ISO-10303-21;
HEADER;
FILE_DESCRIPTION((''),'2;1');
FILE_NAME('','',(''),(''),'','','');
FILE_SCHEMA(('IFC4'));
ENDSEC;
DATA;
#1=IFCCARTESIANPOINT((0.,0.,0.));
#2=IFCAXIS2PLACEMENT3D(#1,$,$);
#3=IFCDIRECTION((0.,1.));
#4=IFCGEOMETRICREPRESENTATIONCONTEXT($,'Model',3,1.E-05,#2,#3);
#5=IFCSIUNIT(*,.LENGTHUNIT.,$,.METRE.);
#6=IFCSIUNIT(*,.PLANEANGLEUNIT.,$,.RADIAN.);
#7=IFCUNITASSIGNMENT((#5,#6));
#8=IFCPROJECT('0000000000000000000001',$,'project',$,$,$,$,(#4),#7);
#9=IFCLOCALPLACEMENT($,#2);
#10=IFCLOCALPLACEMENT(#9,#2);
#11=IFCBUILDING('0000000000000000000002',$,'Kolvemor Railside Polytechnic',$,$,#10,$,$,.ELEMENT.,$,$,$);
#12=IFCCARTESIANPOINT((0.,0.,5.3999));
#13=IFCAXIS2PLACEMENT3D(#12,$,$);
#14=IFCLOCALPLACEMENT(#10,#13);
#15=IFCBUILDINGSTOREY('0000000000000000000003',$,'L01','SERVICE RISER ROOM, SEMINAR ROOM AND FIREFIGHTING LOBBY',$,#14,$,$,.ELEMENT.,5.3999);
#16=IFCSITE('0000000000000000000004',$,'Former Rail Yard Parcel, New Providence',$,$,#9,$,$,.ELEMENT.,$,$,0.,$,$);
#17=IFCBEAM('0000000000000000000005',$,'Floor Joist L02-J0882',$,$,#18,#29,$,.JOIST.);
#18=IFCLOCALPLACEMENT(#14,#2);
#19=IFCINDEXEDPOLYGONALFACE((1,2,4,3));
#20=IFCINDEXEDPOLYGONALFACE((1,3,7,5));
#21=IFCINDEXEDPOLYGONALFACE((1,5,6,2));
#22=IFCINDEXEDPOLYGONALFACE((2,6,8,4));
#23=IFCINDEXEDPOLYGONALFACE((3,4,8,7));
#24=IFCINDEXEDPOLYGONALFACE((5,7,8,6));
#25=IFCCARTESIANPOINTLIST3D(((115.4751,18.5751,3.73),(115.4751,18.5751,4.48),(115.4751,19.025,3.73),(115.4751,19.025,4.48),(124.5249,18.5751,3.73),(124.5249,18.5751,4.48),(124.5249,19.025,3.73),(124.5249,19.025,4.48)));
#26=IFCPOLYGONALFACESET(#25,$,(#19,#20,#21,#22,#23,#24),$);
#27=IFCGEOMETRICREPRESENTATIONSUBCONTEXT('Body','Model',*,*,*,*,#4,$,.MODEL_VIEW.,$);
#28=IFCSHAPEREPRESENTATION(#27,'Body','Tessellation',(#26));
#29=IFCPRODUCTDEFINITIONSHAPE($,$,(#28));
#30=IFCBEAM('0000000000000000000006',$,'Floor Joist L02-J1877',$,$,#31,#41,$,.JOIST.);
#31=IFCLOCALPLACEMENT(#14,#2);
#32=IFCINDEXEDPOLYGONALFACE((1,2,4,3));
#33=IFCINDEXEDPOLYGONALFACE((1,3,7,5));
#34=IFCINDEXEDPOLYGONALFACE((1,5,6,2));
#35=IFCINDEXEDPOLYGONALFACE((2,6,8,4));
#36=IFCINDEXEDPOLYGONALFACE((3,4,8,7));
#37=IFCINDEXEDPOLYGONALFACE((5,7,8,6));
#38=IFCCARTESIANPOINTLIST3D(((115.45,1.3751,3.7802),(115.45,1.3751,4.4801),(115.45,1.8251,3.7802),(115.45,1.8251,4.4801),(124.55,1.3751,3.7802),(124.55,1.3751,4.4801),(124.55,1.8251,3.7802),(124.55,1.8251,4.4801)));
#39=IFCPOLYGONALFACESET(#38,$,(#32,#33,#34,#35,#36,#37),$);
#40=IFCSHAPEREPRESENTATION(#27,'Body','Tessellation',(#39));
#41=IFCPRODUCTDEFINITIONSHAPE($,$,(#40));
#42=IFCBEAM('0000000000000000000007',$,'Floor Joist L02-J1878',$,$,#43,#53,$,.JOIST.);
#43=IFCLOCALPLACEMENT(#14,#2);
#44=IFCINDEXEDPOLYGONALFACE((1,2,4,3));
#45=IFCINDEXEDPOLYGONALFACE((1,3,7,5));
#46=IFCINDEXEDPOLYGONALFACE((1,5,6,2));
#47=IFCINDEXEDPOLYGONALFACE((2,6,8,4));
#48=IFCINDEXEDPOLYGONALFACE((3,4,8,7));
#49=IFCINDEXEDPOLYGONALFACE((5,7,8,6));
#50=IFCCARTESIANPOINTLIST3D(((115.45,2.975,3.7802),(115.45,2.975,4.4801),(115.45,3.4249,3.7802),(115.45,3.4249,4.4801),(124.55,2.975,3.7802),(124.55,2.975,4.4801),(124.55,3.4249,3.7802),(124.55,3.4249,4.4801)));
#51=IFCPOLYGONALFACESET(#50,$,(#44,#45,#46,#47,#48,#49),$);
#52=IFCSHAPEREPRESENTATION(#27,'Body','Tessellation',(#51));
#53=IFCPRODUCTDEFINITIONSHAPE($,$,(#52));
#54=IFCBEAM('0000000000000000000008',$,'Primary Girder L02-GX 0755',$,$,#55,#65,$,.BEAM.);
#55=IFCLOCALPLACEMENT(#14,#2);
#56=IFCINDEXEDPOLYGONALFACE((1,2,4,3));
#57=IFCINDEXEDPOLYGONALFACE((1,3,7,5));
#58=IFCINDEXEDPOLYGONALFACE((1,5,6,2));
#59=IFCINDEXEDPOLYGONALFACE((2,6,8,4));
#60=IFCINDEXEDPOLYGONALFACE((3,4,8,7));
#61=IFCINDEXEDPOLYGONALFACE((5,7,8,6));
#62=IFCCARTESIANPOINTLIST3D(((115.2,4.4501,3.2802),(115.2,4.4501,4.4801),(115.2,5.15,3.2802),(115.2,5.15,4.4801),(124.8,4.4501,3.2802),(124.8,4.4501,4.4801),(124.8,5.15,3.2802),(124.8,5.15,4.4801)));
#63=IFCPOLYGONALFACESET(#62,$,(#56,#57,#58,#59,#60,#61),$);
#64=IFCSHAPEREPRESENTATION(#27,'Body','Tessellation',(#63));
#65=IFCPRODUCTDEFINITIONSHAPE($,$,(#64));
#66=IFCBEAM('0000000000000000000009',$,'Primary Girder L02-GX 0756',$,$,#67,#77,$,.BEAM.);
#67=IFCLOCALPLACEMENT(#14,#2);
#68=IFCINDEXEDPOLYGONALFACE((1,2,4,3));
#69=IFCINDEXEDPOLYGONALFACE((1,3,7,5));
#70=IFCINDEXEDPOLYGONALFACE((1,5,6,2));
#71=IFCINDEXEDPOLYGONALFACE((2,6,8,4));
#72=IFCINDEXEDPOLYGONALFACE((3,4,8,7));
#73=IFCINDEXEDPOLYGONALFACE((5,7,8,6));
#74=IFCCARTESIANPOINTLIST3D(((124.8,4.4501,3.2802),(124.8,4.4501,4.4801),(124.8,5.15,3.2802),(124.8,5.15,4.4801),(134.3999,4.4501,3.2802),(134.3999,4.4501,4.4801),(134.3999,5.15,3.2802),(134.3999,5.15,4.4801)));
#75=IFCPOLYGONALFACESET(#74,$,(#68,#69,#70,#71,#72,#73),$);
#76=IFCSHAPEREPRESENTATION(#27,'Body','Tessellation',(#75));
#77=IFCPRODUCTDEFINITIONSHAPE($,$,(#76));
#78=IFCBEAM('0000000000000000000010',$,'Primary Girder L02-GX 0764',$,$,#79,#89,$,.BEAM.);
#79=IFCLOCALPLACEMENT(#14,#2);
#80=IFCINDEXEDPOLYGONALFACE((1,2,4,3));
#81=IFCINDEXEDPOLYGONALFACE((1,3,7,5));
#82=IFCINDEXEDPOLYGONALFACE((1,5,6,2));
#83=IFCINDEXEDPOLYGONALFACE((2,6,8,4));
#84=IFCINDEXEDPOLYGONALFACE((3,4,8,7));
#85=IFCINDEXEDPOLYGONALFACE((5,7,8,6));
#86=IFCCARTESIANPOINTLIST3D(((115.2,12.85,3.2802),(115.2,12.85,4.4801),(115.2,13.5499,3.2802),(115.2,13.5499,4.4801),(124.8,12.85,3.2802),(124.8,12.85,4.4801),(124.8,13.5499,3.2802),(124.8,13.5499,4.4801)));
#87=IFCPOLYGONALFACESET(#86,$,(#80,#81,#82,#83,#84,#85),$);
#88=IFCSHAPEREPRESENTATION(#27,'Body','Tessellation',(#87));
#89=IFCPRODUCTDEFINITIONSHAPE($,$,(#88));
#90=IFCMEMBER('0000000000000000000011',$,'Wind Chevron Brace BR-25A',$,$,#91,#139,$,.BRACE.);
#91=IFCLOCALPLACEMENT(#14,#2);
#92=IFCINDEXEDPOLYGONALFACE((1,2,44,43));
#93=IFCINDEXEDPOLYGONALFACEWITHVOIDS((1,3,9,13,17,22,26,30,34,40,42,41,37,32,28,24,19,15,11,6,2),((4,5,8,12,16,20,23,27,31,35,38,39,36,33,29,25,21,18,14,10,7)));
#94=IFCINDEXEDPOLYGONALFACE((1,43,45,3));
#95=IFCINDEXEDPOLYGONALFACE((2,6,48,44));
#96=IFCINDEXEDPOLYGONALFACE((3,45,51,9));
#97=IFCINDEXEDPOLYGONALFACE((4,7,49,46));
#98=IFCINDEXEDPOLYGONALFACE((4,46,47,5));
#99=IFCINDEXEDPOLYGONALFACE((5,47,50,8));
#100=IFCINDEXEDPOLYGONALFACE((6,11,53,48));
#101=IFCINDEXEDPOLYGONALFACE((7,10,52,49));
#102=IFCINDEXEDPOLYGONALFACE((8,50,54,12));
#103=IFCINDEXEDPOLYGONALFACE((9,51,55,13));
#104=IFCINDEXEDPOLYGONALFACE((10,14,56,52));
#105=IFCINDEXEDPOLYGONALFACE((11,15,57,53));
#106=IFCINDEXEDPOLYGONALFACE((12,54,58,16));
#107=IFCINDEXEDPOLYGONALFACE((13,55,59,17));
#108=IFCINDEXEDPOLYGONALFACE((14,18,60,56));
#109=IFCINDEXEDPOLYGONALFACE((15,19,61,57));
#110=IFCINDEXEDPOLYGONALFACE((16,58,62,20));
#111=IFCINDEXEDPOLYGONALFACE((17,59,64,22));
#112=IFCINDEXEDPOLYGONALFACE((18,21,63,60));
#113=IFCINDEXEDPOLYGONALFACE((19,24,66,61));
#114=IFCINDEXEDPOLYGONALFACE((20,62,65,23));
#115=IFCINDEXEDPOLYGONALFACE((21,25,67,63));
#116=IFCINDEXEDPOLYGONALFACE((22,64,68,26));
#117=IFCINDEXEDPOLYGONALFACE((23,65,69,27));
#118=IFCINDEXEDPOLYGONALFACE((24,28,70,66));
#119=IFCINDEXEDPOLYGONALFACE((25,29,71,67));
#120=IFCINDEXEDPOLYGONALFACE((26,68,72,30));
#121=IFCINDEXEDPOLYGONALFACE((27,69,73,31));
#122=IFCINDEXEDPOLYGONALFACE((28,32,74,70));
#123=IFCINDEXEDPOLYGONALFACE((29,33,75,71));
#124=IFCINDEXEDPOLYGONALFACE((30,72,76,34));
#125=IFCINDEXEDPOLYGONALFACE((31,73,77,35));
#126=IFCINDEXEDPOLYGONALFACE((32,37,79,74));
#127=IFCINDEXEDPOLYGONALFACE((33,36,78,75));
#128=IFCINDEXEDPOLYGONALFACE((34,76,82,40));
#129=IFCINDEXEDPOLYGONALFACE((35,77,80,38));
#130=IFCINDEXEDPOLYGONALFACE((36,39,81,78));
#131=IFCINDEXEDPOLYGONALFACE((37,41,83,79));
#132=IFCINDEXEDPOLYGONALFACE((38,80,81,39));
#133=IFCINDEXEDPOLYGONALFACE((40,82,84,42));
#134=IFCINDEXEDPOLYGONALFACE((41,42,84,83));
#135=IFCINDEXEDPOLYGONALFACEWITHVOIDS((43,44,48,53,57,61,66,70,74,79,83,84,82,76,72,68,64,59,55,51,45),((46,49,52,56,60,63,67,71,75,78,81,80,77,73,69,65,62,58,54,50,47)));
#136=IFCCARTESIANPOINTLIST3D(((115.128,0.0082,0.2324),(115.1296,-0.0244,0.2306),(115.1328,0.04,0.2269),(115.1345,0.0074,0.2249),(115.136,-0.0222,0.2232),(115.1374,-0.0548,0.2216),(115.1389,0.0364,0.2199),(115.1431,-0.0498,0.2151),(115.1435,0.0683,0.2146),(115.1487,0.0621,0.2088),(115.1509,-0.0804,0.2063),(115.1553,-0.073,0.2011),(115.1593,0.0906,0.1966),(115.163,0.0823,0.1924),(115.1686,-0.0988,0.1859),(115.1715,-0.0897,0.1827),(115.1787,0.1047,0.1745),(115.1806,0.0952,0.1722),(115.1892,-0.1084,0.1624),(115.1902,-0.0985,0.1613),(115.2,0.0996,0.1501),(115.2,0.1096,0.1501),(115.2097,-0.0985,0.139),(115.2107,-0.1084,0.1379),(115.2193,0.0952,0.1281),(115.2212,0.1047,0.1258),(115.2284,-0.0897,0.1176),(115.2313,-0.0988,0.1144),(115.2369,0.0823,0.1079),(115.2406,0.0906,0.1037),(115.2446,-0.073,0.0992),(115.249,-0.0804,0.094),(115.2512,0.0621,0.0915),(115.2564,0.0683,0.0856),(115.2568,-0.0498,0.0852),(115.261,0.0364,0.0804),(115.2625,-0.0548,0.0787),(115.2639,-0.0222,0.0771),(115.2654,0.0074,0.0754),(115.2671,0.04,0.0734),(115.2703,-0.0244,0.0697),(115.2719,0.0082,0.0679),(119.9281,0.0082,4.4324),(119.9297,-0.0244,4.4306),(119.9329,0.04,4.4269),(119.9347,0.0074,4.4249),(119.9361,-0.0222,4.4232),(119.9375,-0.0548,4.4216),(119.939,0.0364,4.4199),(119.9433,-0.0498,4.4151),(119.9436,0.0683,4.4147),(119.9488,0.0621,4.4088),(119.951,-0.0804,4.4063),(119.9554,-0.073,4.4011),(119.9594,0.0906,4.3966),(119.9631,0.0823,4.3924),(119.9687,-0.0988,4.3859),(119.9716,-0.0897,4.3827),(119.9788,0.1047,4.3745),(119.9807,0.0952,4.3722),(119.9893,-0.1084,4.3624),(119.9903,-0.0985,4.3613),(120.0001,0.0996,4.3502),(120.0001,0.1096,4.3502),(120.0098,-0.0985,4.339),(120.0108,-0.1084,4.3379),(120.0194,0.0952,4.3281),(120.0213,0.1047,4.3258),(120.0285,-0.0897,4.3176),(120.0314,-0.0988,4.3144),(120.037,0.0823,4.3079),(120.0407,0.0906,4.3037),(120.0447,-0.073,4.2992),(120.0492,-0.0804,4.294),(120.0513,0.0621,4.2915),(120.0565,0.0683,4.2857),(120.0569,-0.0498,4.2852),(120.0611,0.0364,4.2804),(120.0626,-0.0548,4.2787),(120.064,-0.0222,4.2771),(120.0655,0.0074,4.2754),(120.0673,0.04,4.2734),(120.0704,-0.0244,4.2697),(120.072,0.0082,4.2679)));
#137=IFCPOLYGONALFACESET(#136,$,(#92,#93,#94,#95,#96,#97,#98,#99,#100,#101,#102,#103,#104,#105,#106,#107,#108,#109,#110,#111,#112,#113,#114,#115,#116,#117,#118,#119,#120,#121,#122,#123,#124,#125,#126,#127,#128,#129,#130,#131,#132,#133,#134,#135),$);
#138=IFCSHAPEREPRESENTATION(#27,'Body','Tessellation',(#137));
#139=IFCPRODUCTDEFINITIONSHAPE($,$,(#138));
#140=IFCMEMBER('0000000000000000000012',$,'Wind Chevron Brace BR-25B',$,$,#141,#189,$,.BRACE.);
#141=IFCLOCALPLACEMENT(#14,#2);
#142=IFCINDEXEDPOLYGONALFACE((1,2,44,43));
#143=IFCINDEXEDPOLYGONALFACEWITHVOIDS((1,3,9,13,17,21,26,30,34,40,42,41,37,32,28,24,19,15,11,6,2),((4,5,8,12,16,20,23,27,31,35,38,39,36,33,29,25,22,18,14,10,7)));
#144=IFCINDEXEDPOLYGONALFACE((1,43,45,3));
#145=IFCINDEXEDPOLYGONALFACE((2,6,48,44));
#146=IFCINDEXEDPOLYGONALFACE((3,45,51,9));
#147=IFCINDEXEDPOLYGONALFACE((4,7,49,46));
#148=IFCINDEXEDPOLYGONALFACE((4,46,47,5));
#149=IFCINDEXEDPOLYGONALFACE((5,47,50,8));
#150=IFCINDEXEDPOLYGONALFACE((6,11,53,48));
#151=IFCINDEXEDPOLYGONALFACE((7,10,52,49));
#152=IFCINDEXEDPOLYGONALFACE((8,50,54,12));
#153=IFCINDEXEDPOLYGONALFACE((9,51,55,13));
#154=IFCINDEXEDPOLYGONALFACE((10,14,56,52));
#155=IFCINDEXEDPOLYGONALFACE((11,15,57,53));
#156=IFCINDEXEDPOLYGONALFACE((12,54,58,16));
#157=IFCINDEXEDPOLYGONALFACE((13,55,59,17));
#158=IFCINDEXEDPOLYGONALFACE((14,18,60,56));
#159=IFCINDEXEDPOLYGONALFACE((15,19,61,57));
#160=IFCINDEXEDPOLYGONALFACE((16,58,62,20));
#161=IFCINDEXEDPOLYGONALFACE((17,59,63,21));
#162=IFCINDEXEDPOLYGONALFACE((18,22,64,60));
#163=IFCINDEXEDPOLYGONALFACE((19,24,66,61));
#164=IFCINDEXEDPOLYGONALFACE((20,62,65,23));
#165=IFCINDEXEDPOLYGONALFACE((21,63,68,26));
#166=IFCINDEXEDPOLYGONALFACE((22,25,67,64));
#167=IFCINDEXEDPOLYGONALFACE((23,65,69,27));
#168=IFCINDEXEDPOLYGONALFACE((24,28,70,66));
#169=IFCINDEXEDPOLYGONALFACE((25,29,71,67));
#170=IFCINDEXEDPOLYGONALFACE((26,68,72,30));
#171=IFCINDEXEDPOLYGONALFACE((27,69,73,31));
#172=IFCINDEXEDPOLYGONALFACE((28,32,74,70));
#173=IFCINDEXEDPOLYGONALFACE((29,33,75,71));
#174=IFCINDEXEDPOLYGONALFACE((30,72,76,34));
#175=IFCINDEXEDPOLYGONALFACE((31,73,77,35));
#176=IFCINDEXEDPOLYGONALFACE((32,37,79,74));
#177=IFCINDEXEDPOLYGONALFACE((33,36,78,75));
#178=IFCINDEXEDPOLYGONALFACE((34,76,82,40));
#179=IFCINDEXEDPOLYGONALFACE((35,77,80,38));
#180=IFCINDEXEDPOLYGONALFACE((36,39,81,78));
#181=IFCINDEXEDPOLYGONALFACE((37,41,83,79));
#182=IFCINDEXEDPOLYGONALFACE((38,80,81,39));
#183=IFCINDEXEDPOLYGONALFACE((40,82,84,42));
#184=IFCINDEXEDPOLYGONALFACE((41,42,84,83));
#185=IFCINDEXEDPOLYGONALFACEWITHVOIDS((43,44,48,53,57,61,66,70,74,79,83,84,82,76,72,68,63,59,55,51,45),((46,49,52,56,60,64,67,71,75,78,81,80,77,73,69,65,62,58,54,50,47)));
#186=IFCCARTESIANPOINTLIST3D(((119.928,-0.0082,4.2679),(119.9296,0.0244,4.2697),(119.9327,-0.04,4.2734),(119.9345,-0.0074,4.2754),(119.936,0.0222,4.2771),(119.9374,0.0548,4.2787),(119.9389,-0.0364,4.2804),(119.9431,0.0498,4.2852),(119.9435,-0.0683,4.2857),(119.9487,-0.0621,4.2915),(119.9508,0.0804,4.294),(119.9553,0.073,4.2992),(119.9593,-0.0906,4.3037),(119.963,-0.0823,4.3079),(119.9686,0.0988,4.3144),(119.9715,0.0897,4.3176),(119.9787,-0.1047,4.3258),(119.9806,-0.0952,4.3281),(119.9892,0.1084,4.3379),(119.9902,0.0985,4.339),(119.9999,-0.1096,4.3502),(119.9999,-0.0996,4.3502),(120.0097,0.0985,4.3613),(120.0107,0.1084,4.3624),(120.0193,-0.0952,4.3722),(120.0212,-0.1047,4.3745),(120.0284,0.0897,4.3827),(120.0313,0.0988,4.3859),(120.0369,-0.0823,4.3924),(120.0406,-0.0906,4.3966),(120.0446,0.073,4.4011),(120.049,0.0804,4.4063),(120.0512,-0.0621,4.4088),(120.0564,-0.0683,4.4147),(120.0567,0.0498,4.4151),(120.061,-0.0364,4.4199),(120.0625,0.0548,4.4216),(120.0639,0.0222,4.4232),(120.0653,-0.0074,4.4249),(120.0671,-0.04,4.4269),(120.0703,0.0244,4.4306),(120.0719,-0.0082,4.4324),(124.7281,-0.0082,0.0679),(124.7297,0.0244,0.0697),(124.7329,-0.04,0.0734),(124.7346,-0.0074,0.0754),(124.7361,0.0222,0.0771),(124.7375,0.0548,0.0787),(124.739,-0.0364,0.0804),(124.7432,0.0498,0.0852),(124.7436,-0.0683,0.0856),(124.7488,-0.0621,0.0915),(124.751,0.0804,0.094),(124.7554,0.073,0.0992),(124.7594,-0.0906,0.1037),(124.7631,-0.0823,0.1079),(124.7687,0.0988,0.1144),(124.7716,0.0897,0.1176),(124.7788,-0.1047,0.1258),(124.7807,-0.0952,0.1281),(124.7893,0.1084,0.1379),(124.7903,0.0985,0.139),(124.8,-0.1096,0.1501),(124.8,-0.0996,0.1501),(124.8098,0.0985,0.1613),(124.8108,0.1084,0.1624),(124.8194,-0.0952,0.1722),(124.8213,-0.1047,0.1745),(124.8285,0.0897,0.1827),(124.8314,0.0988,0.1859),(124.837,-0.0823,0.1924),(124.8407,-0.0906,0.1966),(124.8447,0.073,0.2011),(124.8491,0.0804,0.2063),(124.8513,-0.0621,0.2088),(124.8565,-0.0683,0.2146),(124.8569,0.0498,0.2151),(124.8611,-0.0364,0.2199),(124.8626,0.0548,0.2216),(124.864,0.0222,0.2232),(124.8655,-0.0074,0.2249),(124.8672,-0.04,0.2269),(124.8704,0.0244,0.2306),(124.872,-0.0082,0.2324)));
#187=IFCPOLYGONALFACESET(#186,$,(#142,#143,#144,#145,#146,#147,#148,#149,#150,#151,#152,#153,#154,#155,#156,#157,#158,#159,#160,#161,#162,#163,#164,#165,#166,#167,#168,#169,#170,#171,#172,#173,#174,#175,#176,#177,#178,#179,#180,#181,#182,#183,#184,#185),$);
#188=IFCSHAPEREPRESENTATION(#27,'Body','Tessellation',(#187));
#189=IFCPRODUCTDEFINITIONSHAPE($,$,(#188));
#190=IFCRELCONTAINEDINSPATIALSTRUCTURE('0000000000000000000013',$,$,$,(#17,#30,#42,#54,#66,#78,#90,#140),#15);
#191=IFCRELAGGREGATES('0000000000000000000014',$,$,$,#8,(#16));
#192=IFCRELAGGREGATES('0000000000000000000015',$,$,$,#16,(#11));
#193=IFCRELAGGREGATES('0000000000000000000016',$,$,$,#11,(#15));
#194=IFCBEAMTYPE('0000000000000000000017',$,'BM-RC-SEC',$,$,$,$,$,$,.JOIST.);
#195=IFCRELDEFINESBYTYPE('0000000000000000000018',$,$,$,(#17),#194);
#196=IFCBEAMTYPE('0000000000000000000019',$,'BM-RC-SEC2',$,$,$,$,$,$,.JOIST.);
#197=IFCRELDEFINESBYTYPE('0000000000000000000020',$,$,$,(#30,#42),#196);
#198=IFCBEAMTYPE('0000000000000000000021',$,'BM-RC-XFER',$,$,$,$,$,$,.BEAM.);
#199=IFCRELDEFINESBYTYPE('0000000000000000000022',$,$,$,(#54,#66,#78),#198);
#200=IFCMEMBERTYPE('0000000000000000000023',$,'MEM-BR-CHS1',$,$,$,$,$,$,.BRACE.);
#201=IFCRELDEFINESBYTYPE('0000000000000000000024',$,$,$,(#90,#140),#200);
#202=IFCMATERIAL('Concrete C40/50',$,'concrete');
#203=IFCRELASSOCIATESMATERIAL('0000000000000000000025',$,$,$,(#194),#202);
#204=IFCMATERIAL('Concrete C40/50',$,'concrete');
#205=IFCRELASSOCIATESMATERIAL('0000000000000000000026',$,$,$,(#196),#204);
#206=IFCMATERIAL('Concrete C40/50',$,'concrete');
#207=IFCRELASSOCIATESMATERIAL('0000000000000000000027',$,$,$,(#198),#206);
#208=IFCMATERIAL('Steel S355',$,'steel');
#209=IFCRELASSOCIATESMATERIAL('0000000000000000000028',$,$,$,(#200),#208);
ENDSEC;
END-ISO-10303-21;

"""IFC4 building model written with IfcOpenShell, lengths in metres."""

from ifc_helpers import new_model, si_unit, direction, frame, origin, origin_2d, place, context, subcontext, project, spatial, rectangle, hollow_circle, extrude, material, material_profile, profile_set, type_object, element, save


model = new_model("IFC4")

# Units and contexts
model_context = context("Model", 3, precision=1e-05, world=origin(), true_north=direction((0.0, 1.0)))
body_context = subcontext(model_context, "Body", "Model", "MODEL_VIEW")
ifc_project = project(units=[si_unit("LENGTHUNIT", "METRE"), si_unit("PLANEANGLEUNIT", "RADIAN")], contexts=[model_context])

# Site, building, storey
site_placement = place(None, origin())
site = spatial("IfcSite", under=ifc_project, at=site_placement, Name="Former Rail Yard Parcel, New Providence", CompositionType="ELEMENT", RefElevation=0.0)
building_placement = place(site_placement, origin())
building = spatial("IfcBuilding", under=site, at=building_placement, Name="Kolvemor Railside Polytechnic", CompositionType="ELEMENT")
storey_placement = place(building_placement, frame((0.0, 0.0, 5.3999)))
storey = spatial("IfcBuildingStorey", under=building, at=storey_placement, Name="L01", Description="SERVICE RISER ROOM, SEMINAR ROOM AND FIREFIGHTING LOBBY", CompositionType="ELEMENT", Elevation=5.3999)

# Beams
ifc_material_1 = material(Name="Concrete C40/50", Category="concrete")
ifc_material_profile_1 = material_profile(ifc_material_1, rectangle(XDim=0.45, YDim=0.75, at=origin_2d()), Name="RC450x750")
ifc_profile_set_1 = profile_set([ifc_material_profile_1], Name="Concrete C40/50")
beam_type_1 = type_object("IfcBeamType", Name="BM-RC-SEC", PredefinedType="JOIST", material=ifc_profile_set_1)
for number, where, z_axis, x_axis, name in (
    (1, (115.4751, 18.8, 4.105), (1.0, 0.0, 0.0), (0.0, 1.0, 0.0), "Floor Joist L02-J0882"),
):
    element("IfcBeam", number, at=place(storey_placement, frame(where, z_axis=z_axis, x_axis=x_axis)), inside=storey, type_object=beam_type_1, Name=name, PredefinedType="JOIST", context=body_context, shape_type="SweptSolid", body=[
        extrude(rectangle(XDim=0.45, YDim=0.75, at=origin_2d()), origin(), (0.0, 0.0, 1.0), 9.0498),
    ])
ifc_material_2 = material(Name="Concrete C40/50", Category="concrete")
ifc_material_profile_2 = material_profile(ifc_material_2, rectangle(XDim=0.45, YDim=0.7, at=origin_2d()), Name="RC450x700")
ifc_profile_set_2 = profile_set([ifc_material_profile_2], Name="Concrete C40/50")
beam_type_2 = type_object("IfcBeamType", Name="BM-RC-SEC2", PredefinedType="JOIST", material=ifc_profile_set_2)
for number, where, z_axis, x_axis, name in (
    (2, (115.45, 1.6001, 4.1301), (1.0, 0.0, 0.0), (0.0, 1.0, 0.0), "Floor Joist L02-J1877"),
    (3, (115.45, 3.2, 4.1301), (1.0, 0.0, 0.0), (0.0, 1.0, 0.0), "Floor Joist L02-J1878"),
):
    element("IfcBeam", number, at=place(storey_placement, frame(where, z_axis=z_axis, x_axis=x_axis)), inside=storey, type_object=beam_type_2, Name=name, PredefinedType="JOIST", context=body_context, shape_type="SweptSolid", body=[
        extrude(rectangle(XDim=0.45, YDim=0.7, at=origin_2d()), origin(), (0.0, 0.0, 1.0), 9.1001),
    ])
ifc_material_3 = material(Name="Concrete C40/50", Category="concrete")
ifc_material_profile_3 = material_profile(ifc_material_3, rectangle(XDim=0.7, YDim=1.2, at=origin_2d()), Name="RC700x1200")
ifc_profile_set_3 = profile_set([ifc_material_profile_3], Name="Concrete C40/50")
beam_type_3 = type_object("IfcBeamType", Name="BM-RC-XFER", PredefinedType="BEAM", material=ifc_profile_set_3)
beam_1_placement = place(storey_placement, frame((115.2, 4.8, 3.8801), z_axis=(1.0, 0.0, 0.0), x_axis=(0.0, 1.0, 0.0)))
element("IfcBeam", 4, at=beam_1_placement, inside=storey, type_object=beam_type_3, Name="Primary Girder L02-GX 0755", PredefinedType="BEAM", context=body_context, shape_type="SweptSolid", body=[
    extrude(rectangle(XDim=0.7, YDim=1.2, at=origin_2d()), origin(), (0.0, 0.0, 1.0), 9.6001),
])
beam_2_placement = place(storey_placement, frame((124.8, 4.8, 3.8801), z_axis=(1.0, 0.0, 0.0), x_axis=(0.0, 1.0, 0.0)))
element("IfcBeam", 5, at=beam_2_placement, inside=storey, type_object=beam_type_3, Name="Primary Girder L02-GX 0756", PredefinedType="BEAM", context=body_context, shape_type="SweptSolid", body=[
    extrude(rectangle(XDim=0.7, YDim=1.2, at=origin_2d()), origin(), (0.0, 0.0, 1.0), 9.5999),
])
beam_3_placement = place(storey_placement, frame((115.2, 13.2, 3.8801), z_axis=(1.0, 0.0, 0.0), x_axis=(0.0, 1.0, 0.0)))
element("IfcBeam", 6, at=beam_3_placement, inside=storey, type_object=beam_type_3, Name="Primary Girder L02-GX 0764", PredefinedType="BEAM", context=body_context, shape_type="SweptSolid", body=[
    extrude(rectangle(XDim=0.7, YDim=1.2, at=origin_2d()), origin(), (0.0, 0.0, 1.0), 9.6001),
])

# Members
ifc_material_4 = material(Name="Steel S355", Category="steel")
ifc_material_profile_4 = material_profile(ifc_material_4, hollow_circle(Radius=0.1096, WallThickness=0.01, at=origin_2d()), Name="CHS219.1x10")
ifc_profile_set_4 = profile_set([ifc_material_profile_4], Name="Steel S355")
member_type_1 = type_object("IfcMemberType", Name="MEM-BR-CHS1", PredefinedType="BRACE", material=ifc_profile_set_4)
for number, where, z_axis, x_axis, name in (
    (7, (115.2, 0.0, 0.1501), (0.752584, 0.0, 0.658496), (0.0, 1.0, 0.0), "Wind Chevron Brace BR-25A"),
    (8, (124.8, 0.0, 0.1501), (-0.752584, 0.0, 0.658496), (0.0, -1.0, 0.0), "Wind Chevron Brace BR-25B"),
):
    element("IfcMember", number, at=place(storey_placement, frame(where, z_axis=z_axis, x_axis=x_axis)), inside=storey, type_object=member_type_1, Name=name, PredefinedType="BRACE", context=body_context, shape_type="SweptSolid", body=[
        extrude(hollow_circle(Radius=0.1096, WallThickness=0.01, at=origin_2d()), origin(), (0.0, 0.0, 1.0), 6.3782),
    ])

save(model, "model.ifc")
